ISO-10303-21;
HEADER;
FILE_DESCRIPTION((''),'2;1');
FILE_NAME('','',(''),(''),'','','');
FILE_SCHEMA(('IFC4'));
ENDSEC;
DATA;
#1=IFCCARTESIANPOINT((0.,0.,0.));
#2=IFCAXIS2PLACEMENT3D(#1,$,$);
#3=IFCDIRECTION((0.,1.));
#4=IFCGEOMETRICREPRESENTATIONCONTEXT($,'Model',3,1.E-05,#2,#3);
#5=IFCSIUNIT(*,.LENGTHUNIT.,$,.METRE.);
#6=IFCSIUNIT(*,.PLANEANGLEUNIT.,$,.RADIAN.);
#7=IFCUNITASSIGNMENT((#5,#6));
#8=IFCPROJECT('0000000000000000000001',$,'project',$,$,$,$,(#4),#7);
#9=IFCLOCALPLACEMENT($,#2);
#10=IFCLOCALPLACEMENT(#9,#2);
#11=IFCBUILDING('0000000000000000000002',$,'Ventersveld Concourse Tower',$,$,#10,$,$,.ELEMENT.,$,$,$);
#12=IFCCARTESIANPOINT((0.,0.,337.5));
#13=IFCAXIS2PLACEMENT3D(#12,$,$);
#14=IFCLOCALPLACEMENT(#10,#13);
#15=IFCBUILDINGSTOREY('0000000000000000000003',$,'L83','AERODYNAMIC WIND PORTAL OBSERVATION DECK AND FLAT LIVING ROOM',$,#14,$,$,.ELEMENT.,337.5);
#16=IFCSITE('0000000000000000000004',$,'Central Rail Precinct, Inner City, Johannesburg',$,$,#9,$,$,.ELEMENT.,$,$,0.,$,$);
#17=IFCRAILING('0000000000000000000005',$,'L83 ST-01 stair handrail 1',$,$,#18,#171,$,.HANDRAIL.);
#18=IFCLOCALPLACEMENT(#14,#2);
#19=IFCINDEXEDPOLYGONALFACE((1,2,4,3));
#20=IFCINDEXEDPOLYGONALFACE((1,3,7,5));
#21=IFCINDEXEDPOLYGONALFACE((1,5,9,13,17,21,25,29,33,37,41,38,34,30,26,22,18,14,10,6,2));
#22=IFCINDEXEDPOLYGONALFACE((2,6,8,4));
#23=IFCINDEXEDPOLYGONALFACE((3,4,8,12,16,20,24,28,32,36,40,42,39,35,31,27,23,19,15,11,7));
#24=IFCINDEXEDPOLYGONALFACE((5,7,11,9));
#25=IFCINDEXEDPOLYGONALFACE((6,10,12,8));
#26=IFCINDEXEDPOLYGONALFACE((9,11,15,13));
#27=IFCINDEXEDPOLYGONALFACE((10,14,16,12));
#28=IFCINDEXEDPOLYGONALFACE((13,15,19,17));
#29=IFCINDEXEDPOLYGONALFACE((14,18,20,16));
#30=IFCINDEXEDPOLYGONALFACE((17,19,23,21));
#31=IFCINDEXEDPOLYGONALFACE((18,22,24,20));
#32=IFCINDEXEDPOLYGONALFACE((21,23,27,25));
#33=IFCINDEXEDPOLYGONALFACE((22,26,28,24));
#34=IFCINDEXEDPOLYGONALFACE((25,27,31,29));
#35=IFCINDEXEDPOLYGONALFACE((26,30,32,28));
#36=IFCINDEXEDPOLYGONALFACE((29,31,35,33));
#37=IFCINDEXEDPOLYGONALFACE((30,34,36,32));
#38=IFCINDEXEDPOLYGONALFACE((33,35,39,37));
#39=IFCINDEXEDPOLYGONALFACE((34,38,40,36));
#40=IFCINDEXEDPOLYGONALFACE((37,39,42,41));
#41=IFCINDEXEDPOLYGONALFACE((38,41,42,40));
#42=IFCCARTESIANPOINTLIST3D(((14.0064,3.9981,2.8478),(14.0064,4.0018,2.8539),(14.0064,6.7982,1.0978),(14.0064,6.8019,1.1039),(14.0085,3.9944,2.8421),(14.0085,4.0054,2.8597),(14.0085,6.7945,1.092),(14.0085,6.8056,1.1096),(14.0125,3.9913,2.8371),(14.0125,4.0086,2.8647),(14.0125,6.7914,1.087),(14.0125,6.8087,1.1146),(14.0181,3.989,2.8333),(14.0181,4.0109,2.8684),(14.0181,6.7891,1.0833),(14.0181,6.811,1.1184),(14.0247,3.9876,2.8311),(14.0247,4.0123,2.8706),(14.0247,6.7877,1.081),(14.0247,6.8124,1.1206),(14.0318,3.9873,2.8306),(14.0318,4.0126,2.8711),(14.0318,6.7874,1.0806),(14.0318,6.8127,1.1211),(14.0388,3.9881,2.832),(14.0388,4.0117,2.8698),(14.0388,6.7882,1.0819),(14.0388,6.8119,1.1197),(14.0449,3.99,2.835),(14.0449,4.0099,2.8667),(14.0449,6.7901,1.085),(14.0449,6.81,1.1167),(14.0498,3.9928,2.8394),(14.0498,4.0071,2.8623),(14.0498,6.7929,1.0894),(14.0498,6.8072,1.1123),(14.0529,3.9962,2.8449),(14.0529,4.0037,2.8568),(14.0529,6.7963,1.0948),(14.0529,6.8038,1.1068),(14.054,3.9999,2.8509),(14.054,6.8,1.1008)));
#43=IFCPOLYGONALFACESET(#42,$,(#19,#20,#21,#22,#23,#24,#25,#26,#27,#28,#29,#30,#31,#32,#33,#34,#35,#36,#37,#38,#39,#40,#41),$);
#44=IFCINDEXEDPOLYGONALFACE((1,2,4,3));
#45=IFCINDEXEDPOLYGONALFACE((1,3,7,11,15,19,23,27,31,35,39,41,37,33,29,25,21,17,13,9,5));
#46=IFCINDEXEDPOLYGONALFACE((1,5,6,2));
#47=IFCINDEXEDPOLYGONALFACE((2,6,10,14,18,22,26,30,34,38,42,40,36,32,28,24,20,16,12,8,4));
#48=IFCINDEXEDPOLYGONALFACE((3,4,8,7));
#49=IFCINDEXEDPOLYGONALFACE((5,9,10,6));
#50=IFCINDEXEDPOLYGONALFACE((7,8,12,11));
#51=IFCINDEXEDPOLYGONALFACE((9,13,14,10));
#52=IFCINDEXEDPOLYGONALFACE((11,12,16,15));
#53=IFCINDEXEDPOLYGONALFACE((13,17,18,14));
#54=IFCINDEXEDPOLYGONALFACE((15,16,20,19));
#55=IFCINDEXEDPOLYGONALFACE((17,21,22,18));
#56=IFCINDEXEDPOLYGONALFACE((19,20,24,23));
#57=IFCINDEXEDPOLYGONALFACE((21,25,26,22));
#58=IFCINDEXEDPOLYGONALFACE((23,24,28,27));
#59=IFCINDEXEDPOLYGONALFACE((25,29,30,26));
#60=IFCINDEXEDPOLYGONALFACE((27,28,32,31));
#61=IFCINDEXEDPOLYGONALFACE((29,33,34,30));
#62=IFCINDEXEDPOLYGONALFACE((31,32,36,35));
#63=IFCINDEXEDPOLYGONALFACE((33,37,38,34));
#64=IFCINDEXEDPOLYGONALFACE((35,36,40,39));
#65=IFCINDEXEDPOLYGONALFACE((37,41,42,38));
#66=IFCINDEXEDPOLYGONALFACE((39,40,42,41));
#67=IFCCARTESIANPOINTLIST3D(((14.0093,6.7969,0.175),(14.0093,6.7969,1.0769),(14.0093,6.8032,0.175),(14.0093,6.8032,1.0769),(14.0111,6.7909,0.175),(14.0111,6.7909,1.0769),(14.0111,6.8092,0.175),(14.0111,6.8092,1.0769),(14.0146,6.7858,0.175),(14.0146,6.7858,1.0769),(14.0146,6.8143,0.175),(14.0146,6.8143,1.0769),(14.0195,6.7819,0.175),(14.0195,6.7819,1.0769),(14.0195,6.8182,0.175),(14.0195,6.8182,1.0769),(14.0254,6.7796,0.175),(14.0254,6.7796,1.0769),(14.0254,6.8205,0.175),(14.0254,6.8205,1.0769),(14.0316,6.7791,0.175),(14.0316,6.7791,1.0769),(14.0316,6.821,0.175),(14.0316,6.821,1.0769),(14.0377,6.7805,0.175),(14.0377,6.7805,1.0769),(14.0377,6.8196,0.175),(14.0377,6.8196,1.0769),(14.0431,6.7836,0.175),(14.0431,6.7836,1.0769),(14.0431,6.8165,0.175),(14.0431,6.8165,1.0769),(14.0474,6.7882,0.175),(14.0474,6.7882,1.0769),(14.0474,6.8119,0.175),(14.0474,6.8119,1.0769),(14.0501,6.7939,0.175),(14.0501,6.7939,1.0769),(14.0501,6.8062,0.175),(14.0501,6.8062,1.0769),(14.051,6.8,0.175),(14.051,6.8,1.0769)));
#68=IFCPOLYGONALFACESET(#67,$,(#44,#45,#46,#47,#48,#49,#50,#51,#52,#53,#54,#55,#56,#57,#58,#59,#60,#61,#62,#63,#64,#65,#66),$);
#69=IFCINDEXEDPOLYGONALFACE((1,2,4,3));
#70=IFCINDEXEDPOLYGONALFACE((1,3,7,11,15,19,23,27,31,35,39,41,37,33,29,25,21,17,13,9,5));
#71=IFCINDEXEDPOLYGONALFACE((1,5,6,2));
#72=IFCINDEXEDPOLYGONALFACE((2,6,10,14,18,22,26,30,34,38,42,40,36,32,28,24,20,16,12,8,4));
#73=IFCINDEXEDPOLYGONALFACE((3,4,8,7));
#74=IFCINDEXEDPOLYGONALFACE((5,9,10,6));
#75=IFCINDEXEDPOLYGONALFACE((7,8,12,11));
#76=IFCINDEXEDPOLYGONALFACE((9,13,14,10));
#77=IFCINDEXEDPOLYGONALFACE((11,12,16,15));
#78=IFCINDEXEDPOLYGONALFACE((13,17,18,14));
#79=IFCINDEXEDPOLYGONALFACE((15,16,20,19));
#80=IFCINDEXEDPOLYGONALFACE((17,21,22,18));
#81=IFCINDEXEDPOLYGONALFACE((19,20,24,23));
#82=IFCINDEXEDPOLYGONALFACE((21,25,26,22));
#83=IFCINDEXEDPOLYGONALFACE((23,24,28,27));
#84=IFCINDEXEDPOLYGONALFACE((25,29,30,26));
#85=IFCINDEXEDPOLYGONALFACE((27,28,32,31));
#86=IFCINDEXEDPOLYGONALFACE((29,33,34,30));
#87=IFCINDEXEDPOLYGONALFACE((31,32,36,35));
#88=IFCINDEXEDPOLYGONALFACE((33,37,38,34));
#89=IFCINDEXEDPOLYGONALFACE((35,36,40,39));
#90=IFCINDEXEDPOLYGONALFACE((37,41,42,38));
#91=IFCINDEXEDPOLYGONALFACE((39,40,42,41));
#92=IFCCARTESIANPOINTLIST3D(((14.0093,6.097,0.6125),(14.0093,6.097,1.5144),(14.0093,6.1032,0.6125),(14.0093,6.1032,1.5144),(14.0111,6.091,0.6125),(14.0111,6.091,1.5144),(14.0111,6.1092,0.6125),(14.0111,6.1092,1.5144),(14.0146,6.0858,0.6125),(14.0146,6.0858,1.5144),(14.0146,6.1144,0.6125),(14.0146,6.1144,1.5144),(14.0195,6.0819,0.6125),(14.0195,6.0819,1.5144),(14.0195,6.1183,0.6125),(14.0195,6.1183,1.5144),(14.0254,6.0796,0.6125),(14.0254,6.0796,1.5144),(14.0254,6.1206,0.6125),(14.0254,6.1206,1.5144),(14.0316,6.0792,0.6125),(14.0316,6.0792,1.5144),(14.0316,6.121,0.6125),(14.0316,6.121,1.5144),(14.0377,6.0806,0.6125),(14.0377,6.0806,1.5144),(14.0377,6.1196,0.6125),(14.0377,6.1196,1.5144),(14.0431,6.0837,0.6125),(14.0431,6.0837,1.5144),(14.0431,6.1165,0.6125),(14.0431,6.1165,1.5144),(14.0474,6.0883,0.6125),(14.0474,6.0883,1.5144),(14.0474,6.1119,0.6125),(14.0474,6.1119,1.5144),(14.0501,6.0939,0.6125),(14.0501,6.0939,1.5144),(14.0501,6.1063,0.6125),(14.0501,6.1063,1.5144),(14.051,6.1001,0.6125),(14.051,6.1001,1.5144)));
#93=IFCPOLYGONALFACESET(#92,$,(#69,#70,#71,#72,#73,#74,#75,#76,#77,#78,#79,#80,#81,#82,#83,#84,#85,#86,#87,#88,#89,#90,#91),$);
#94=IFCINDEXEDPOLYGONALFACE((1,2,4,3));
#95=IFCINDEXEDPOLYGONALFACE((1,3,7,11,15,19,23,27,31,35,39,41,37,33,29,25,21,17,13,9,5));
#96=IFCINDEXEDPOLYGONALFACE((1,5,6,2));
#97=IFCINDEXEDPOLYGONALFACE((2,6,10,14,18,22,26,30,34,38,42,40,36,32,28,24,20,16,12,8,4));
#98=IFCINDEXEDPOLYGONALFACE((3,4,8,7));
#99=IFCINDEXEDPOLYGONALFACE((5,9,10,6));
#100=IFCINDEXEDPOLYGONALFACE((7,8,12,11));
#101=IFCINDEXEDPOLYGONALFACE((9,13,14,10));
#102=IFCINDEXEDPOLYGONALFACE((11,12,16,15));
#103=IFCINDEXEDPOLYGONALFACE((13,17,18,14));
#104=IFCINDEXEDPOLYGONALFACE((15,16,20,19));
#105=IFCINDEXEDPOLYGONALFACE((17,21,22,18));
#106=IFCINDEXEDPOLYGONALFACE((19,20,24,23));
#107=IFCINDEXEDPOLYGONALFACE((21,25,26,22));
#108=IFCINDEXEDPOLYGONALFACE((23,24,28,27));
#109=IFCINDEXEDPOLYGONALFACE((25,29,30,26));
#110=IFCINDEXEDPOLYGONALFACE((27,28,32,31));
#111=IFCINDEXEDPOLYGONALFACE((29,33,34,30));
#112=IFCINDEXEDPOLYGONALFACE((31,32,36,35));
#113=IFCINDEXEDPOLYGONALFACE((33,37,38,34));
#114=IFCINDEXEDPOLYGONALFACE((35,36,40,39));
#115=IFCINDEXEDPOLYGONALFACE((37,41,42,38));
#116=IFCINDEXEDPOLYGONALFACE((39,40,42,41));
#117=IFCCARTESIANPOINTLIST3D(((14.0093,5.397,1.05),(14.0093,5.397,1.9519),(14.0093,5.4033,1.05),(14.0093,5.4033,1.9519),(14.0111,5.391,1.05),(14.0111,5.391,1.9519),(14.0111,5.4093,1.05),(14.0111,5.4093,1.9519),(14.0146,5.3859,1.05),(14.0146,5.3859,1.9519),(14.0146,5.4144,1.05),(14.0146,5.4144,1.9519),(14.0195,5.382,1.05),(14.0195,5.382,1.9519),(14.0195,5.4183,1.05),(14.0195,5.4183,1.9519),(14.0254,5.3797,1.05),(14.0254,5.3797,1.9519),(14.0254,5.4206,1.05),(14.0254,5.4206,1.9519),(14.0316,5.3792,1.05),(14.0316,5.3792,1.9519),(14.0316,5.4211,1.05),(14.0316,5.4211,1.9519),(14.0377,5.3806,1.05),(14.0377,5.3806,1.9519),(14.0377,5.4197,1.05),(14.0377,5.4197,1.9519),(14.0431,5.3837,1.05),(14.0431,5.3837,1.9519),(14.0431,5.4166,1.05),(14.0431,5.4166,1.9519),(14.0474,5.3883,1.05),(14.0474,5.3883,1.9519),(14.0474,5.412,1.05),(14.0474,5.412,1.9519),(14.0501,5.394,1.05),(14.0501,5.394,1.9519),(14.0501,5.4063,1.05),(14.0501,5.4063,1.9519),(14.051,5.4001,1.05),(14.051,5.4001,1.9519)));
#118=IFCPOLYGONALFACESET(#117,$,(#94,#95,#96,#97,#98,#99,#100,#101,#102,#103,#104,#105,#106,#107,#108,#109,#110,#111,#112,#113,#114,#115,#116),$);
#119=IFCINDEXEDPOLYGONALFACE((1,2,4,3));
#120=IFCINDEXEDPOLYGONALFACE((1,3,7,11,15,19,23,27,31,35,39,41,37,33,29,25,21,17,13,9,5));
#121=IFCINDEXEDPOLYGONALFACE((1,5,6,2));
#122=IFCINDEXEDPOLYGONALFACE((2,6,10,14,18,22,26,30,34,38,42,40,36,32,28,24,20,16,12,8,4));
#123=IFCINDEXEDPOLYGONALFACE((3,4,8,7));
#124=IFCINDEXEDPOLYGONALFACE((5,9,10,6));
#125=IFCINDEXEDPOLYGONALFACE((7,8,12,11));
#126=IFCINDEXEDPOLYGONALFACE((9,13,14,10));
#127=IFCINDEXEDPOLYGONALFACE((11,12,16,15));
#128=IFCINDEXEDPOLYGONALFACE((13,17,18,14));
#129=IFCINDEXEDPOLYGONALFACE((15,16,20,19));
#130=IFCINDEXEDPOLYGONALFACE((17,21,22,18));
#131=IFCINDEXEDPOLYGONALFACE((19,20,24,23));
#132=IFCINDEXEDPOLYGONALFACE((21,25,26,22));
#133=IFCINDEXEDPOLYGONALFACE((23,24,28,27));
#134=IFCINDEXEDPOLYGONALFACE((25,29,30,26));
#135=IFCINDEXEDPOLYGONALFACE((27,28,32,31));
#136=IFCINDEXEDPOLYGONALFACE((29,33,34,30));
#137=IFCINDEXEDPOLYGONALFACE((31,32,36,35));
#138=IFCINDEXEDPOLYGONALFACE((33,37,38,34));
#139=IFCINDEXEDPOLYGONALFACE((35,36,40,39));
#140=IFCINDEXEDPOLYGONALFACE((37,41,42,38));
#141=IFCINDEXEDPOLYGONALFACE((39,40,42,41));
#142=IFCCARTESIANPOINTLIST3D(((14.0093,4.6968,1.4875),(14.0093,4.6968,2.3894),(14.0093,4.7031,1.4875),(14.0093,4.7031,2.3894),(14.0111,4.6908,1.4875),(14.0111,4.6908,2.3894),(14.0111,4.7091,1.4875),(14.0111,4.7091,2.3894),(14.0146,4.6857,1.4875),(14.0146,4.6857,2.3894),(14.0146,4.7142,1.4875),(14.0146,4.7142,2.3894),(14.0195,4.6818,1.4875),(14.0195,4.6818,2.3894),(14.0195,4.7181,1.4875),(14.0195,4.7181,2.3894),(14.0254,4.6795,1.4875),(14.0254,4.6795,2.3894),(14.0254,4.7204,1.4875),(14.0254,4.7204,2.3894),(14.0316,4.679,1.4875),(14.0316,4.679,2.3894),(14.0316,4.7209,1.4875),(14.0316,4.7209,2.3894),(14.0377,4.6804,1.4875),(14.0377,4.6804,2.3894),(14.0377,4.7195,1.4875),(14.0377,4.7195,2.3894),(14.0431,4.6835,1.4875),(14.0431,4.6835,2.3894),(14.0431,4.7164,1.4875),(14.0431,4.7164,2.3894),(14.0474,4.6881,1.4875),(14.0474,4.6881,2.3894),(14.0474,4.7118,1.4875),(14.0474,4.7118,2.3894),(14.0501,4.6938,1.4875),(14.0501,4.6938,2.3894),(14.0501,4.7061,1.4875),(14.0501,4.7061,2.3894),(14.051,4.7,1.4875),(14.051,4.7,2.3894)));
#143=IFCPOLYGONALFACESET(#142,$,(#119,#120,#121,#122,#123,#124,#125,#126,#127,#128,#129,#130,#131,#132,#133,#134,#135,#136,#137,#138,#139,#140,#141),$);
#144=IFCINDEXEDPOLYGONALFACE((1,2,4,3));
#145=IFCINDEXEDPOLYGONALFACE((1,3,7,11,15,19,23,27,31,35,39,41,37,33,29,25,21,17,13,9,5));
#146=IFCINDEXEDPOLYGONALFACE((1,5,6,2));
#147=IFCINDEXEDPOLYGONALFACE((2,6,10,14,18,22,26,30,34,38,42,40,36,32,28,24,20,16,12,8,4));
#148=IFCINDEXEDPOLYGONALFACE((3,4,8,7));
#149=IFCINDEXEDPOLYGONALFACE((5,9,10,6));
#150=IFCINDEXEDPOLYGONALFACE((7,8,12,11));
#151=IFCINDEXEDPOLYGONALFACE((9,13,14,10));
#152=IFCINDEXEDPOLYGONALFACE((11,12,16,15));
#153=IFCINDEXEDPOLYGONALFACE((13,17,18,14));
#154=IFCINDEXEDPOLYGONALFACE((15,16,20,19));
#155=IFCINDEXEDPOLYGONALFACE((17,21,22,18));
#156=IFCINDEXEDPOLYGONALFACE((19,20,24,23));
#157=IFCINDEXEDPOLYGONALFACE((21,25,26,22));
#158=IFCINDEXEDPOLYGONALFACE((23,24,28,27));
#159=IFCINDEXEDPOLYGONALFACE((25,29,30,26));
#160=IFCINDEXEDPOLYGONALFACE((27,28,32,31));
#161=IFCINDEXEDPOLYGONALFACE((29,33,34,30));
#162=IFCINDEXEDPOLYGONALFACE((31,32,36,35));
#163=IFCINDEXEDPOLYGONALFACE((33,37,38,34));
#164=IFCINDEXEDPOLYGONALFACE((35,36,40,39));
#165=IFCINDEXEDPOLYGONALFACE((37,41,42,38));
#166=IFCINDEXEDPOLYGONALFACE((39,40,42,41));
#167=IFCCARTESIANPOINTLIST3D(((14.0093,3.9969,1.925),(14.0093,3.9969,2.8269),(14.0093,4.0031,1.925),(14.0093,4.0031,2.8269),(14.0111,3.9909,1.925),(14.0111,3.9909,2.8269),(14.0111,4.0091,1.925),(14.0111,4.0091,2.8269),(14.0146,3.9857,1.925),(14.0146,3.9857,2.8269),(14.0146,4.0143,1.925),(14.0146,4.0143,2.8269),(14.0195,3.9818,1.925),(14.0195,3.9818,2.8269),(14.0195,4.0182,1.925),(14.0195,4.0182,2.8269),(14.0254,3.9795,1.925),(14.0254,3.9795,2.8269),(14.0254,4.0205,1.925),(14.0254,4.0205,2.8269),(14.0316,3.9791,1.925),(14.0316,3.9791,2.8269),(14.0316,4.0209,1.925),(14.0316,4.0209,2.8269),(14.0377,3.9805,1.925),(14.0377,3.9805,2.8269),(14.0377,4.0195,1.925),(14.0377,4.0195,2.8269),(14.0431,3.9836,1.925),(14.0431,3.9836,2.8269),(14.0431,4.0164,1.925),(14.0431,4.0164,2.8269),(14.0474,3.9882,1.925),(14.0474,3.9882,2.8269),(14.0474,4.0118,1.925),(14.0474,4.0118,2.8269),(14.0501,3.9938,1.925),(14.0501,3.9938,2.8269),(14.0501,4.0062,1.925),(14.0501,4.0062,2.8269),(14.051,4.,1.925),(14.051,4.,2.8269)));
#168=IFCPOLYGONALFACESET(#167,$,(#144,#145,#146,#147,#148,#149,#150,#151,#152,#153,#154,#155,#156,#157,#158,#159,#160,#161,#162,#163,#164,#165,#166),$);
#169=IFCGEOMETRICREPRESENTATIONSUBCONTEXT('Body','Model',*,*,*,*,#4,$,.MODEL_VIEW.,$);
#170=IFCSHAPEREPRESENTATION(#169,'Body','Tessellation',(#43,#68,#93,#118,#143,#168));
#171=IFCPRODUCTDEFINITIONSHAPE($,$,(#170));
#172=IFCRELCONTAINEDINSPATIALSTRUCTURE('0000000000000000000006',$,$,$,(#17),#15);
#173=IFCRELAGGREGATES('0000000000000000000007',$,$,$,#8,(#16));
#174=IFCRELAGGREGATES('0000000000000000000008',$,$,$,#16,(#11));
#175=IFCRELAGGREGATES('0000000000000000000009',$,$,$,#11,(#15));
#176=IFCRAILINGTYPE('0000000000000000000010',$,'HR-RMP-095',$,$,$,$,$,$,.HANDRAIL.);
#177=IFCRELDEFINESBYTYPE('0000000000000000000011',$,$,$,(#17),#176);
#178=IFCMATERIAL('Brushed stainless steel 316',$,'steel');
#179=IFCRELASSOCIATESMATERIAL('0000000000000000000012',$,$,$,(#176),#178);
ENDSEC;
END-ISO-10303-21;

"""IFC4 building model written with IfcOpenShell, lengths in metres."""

from ifc_helpers import new_model, si_unit, direction, frame, origin, origin_2d, place, context, subcontext, project, spatial, circle, extrude, material, type_object, element, save


model = new_model("IFC4")

# Units and contexts
model_context = context("Model", 3, precision=1e-05, world=origin(), true_north=direction((0.0, 1.0)))
body_context = subcontext(model_context, "Body", "Model", "MODEL_VIEW")
ifc_project = project(units=[si_unit("LENGTHUNIT", "METRE"), si_unit("PLANEANGLEUNIT", "RADIAN")], contexts=[model_context])

# Site, building, storey
site_placement = place(None, origin())
site = spatial("IfcSite", under=ifc_project, at=site_placement, Name="Central Rail Precinct, Inner City, Johannesburg", CompositionType="ELEMENT", RefElevation=0.0)
building_placement = place(site_placement, origin())
building = spatial("IfcBuilding", under=site, at=building_placement, Name="Ventersveld Concourse Tower", CompositionType="ELEMENT")
storey_placement = place(building_placement, frame((0.0, 0.0, 337.5)))
storey = spatial("IfcBuildingStorey", under=building, at=storey_placement, Name="L83", Description="AERODYNAMIC WIND PORTAL OBSERVATION DECK AND FLAT LIVING ROOM", CompositionType="ELEMENT", Elevation=337.5)

# Railing
ifc_material_1 = material(Name="Brushed stainless steel 316", Category="steel")
railing_type_1 = type_object("IfcRailingType", Name="HR-RMP-095", PredefinedType="HANDRAIL", material=ifc_material_1)
railing_1_placement = place(storey_placement, frame((14.03, 6.8, 0.175)))
element("IfcRailing", 1, at=railing_1_placement, inside=storey, type_object=railing_type_1, Name="L83 ST-01 stair handrail 1", PredefinedType="HANDRAIL", context=body_context, shape_type="SweptSolid", body=[
    extrude(circle(Radius=0.0239, at=origin_2d()), frame((0.0, 0.0, 0.9258), z_axis=(0.0, -0.848002, 0.529992), x_axis=(1.0, 0.0, 0.0)), (0.0, 0.0, 1.0), 3.302),
    extrude(circle(Radius=0.021, at=origin_2d()), origin(), (0.0, 0.0, 1.0), 0.9019),
    extrude(circle(Radius=0.021, at=origin_2d()), frame((0.0, -0.7, 0.4375)), (0.0, 0.0, 1.0), 0.9019),
    extrude(circle(Radius=0.021, at=origin_2d()), frame((0.0, -1.3999, 0.875)), (0.0, 0.0, 1.0), 0.9019),
    extrude(circle(Radius=0.021, at=origin_2d()), frame((0.0, -2.1001, 1.3125)), (0.0, 0.0, 1.0), 0.9019),
    extrude(circle(Radius=0.021, at=origin_2d()), frame((0.0, -2.8, 1.75)), (0.0, 0.0, 1.0), 0.9019),
])

save(model, "model.ifc")
